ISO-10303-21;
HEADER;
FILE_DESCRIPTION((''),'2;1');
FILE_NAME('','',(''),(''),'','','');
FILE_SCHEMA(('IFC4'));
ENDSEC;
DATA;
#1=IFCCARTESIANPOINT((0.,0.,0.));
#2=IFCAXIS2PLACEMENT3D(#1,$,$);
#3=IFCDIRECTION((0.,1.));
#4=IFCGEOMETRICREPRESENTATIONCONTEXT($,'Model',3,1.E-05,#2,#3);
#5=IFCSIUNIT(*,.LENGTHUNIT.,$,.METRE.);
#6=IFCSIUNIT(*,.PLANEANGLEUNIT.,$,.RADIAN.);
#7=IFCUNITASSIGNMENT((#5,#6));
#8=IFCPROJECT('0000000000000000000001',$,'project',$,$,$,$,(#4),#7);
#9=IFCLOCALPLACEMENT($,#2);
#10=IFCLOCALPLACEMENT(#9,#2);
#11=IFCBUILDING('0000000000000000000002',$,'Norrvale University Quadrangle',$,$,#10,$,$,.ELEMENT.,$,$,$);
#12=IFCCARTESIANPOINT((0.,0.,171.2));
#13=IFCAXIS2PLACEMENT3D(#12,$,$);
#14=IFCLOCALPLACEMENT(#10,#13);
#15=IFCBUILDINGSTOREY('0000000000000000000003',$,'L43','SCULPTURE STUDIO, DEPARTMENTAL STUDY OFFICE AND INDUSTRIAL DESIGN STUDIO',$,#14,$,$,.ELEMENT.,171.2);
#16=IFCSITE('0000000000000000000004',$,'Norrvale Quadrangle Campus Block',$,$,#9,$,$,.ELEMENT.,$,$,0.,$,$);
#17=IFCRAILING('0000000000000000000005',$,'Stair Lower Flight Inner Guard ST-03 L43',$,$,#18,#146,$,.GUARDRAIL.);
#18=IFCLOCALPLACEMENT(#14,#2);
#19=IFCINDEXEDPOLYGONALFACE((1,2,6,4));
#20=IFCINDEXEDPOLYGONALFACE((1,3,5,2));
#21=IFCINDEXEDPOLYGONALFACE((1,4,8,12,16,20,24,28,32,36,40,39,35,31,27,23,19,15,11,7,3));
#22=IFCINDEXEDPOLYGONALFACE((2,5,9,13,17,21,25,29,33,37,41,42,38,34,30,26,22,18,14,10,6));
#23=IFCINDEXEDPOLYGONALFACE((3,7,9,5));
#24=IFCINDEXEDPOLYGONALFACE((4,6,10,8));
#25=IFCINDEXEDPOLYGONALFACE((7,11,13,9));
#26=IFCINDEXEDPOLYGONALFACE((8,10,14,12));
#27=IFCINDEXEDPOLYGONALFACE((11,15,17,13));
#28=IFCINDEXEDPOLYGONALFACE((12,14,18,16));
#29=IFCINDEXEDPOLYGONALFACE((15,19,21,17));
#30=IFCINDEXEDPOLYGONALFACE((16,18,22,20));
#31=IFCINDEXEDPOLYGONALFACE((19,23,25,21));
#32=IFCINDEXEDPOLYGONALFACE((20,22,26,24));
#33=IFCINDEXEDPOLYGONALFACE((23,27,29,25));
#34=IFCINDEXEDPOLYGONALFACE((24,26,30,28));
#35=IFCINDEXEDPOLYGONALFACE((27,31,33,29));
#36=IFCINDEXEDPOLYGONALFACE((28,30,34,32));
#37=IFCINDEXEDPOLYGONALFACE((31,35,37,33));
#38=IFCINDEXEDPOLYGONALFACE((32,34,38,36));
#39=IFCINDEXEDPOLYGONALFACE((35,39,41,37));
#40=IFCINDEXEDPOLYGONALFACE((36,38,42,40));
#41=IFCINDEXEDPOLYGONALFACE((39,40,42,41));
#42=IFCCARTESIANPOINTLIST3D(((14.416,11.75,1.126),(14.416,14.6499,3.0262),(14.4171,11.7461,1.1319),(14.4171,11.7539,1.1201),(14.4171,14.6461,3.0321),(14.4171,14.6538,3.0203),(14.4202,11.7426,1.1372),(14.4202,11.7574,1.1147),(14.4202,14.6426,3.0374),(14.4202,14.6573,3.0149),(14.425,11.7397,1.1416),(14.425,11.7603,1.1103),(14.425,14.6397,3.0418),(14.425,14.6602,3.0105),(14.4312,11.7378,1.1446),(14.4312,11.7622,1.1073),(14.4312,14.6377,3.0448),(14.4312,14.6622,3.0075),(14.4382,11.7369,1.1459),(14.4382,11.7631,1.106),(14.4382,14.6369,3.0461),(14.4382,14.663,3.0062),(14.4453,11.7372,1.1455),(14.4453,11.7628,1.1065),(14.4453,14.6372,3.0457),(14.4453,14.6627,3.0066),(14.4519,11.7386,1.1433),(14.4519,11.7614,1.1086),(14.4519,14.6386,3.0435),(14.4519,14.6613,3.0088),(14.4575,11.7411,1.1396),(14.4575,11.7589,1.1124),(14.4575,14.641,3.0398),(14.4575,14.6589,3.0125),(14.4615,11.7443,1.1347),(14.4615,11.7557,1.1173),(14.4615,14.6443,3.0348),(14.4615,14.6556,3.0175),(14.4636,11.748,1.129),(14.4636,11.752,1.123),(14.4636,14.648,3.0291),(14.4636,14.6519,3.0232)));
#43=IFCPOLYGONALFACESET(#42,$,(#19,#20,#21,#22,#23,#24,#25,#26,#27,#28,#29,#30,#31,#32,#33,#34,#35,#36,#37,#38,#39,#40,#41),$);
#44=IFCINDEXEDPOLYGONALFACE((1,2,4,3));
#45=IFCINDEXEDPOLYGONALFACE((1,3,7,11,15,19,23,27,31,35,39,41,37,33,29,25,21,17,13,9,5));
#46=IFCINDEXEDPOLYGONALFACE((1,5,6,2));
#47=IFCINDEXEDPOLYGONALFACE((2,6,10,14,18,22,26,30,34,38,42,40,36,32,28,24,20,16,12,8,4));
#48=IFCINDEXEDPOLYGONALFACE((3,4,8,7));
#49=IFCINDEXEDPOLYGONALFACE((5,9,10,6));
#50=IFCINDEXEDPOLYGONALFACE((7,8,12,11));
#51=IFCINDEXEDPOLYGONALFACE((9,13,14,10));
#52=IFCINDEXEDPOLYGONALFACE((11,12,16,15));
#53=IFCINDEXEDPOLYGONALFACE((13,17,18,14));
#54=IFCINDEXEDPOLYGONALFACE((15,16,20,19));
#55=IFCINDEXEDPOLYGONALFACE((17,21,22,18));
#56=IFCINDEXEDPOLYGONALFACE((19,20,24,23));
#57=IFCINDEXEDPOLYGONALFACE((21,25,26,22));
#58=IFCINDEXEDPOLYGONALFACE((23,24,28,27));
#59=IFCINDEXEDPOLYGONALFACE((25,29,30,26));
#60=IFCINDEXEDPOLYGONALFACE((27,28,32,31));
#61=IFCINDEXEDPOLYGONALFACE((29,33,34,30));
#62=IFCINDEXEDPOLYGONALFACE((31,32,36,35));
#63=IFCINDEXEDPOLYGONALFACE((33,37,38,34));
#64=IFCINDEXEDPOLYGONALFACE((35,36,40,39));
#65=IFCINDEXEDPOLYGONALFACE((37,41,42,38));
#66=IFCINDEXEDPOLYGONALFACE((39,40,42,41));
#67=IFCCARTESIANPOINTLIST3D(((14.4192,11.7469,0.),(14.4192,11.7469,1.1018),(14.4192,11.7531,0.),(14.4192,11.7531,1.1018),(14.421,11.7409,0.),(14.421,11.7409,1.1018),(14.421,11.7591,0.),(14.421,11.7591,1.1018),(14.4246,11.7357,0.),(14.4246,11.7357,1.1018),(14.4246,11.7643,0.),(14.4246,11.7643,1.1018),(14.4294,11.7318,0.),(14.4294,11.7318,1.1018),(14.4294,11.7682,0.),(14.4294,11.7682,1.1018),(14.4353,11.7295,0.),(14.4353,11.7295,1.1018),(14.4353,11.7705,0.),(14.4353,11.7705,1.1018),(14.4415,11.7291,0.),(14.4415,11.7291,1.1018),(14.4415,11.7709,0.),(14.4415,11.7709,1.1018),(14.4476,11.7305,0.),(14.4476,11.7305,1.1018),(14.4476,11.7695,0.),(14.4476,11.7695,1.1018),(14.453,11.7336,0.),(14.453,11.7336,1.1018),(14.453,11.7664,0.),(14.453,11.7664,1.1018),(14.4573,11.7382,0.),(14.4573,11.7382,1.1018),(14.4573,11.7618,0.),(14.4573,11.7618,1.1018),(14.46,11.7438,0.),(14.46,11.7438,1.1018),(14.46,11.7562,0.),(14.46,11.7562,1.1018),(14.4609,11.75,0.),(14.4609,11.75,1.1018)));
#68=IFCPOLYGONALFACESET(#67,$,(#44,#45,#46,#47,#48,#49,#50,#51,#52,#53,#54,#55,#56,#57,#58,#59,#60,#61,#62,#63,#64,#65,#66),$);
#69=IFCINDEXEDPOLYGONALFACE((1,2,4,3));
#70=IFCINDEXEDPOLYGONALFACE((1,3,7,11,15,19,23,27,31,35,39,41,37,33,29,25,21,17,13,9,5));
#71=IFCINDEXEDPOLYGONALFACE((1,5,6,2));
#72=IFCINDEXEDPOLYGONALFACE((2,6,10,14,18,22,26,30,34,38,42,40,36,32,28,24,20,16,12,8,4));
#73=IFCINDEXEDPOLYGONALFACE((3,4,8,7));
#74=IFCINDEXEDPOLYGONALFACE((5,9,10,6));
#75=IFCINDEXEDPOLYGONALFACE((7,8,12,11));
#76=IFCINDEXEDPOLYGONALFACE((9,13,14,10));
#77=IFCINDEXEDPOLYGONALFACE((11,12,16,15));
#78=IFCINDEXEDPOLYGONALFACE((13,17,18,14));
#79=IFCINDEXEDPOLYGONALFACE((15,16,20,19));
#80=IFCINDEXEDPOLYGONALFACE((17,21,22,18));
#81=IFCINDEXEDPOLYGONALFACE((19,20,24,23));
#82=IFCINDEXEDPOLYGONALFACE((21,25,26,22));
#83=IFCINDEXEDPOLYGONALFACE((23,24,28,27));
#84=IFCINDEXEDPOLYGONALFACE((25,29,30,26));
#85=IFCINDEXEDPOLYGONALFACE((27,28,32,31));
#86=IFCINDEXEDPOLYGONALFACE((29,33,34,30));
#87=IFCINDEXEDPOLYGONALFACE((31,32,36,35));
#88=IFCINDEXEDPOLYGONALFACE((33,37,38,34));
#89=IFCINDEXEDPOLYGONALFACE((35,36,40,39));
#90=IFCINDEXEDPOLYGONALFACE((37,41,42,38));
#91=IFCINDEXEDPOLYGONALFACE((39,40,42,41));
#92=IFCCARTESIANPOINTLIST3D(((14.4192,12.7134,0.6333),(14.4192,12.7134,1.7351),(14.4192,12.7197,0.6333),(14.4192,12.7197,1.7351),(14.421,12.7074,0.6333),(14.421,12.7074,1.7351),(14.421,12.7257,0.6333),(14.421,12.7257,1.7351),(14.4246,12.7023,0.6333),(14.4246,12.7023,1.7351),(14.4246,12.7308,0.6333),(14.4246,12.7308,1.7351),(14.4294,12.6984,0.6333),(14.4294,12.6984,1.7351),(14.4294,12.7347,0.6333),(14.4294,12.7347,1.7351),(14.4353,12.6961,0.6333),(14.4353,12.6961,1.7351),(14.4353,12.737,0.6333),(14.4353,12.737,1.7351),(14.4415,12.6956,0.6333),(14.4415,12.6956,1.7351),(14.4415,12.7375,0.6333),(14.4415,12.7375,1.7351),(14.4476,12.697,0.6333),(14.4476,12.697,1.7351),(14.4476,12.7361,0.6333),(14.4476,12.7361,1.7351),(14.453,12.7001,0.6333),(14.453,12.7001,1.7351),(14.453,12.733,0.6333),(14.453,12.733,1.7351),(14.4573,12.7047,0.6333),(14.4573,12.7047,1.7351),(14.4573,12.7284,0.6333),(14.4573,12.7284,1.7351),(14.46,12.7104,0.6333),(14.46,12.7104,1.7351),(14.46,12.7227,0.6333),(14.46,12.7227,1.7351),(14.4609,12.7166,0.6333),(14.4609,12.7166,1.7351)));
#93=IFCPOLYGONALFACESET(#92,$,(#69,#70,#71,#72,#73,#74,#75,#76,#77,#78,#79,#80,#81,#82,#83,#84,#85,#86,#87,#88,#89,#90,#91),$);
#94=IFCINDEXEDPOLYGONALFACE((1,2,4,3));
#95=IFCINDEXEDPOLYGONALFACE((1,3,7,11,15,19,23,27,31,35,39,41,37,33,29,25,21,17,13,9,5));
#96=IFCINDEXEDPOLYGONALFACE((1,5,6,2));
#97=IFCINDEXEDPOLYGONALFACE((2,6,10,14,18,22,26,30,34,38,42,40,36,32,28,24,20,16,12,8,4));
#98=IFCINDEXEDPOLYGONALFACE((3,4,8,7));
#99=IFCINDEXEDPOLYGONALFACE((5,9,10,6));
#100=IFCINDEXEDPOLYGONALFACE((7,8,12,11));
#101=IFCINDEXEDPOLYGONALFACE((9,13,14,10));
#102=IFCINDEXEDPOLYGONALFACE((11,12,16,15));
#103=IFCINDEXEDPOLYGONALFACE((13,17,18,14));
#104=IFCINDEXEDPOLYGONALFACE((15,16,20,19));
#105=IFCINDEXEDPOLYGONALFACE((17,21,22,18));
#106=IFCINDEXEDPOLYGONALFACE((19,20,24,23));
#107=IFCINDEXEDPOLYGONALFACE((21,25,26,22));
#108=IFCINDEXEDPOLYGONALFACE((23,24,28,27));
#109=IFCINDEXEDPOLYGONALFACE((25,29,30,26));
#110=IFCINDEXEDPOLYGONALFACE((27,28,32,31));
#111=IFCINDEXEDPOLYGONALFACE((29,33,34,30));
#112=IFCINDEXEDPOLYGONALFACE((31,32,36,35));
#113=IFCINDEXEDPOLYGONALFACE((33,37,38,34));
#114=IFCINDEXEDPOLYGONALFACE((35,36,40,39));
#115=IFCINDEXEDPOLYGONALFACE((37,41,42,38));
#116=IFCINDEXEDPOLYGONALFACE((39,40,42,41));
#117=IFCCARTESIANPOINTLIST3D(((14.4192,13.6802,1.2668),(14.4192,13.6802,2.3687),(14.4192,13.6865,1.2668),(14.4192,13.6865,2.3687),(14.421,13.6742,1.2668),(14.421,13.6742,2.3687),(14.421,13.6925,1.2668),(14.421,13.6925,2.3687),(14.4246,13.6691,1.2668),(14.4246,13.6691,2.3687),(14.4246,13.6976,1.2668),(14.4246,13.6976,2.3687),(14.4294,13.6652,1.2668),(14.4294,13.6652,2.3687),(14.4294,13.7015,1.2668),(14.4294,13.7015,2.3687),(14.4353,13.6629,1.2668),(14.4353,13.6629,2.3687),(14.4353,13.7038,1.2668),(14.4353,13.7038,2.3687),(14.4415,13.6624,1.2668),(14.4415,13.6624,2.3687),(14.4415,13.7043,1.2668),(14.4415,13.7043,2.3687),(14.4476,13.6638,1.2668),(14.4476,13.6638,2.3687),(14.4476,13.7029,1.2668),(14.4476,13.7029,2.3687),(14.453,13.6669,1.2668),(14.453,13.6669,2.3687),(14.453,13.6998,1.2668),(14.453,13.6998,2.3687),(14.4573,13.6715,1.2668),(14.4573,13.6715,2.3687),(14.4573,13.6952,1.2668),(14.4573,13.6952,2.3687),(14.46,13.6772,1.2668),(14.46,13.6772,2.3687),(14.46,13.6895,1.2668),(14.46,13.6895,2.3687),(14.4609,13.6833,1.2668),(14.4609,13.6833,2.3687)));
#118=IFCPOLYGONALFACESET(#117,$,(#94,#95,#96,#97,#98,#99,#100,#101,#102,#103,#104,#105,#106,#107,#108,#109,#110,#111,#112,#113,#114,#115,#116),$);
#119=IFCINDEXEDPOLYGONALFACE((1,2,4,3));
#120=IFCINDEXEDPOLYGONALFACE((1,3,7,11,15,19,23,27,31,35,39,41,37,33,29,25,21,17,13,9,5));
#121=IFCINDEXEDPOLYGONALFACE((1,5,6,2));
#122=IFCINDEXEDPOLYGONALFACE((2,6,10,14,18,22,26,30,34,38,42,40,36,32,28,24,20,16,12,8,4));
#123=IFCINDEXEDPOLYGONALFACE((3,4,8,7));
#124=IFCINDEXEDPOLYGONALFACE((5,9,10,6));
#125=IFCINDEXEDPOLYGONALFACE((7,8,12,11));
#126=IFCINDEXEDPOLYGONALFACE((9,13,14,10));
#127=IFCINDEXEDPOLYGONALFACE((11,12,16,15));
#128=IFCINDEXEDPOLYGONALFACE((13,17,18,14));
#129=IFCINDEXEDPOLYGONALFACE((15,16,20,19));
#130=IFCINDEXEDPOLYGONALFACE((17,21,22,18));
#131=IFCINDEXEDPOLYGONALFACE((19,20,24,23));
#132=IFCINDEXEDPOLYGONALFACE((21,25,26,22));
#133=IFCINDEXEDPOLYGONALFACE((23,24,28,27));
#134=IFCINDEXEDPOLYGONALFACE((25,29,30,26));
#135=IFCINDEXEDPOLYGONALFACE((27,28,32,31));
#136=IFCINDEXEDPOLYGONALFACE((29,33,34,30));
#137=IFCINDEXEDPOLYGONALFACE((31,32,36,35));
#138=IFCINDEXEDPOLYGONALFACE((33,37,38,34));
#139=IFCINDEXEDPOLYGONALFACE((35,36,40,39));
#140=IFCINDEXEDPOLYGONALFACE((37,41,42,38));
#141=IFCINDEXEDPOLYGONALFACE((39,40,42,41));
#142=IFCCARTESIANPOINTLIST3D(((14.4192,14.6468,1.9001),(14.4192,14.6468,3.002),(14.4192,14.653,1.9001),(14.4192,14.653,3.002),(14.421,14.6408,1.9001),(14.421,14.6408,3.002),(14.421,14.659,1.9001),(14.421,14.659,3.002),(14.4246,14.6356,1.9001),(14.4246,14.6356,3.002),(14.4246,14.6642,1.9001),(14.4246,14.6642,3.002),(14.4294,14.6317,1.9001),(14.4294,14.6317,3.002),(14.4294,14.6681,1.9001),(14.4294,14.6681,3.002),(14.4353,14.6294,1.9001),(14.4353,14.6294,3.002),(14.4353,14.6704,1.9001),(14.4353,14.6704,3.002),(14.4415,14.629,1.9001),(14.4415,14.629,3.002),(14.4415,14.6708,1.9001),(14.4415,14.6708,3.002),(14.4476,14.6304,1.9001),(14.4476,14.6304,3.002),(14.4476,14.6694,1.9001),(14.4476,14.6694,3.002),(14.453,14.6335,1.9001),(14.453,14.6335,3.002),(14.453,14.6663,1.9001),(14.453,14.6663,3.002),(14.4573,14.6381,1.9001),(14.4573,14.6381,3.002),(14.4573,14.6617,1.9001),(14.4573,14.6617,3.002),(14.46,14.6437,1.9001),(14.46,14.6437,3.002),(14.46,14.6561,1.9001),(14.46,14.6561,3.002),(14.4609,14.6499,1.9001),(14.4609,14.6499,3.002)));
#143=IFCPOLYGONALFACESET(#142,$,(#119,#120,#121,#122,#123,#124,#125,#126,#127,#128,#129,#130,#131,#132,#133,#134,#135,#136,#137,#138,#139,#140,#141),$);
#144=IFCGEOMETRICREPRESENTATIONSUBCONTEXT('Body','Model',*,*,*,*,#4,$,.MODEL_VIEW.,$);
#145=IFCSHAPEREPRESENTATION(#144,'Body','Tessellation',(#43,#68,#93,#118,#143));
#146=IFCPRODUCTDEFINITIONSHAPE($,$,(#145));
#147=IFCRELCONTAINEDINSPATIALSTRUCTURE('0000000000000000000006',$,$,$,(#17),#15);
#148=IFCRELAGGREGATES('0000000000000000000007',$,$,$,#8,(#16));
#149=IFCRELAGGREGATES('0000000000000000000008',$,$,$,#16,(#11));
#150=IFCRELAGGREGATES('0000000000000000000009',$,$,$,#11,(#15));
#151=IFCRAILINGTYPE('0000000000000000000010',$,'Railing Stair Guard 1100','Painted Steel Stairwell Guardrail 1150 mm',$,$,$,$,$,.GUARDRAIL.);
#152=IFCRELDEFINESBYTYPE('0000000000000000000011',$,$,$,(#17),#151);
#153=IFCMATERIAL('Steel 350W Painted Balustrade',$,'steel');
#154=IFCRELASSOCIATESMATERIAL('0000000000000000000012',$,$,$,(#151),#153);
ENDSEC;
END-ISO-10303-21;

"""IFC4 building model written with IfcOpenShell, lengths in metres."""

from ifc_helpers import new_model, si_unit, direction, frame, origin, origin_2d, place, context, subcontext, project, spatial, circle, extrude, material, type_object, element, save


model = new_model("IFC4")

# Units and contexts
model_context = context("Model", 3, precision=1e-05, world=origin(), true_north=direction((0.0, 1.0)))
body_context = subcontext(model_context, "Body", "Model", "MODEL_VIEW")
ifc_project = project(units=[si_unit("LENGTHUNIT", "METRE"), si_unit("PLANEANGLEUNIT", "RADIAN")], contexts=[model_context])

# Site, building, storey
site_placement = place(None, origin())
site = spatial("IfcSite", under=ifc_project, at=site_placement, Name="Norrvale Quadrangle Campus Block", CompositionType="ELEMENT", RefElevation=0.0)
building_placement = place(site_placement, origin())
building = spatial("IfcBuilding", under=site, at=building_placement, Name="Norrvale University Quadrangle", CompositionType="ELEMENT")
storey_placement = place(building_placement, frame((0.0, 0.0, 171.2)))
storey = spatial("IfcBuildingStorey", under=building, at=storey_placement, Name="L43", Description="SCULPTURE STUDIO, DEPARTMENTAL STUDY OFFICE AND INDUSTRIAL DESIGN STUDIO", CompositionType="ELEMENT", Elevation=171.2)

# Railing
ifc_material_1 = material(Name="Steel 350W Painted Balustrade", Category="steel")
railing_type_1 = type_object("IfcRailingType", Name="Railing Stair Guard 1100", Description="Painted Steel Stairwell Guardrail 1150 mm", PredefinedType="GUARDRAIL", material=ifc_material_1)
railing_1_placement = place(storey_placement, frame((14.4399, 11.75, 0.0)))
element("IfcRailing", 1, at=railing_1_placement, inside=storey, type_object=railing_type_1, Name="Stair Lower Flight Inner Guard ST-03 L43", PredefinedType="GUARDRAIL", context=body_context, shape_type="SweptSolid", body=[
    extrude(circle(Radius=0.0239, at=origin_2d()), frame((0.0, 0.0, 1.126), z_axis=(0.0, 0.836433, 0.548069), x_axis=(-1.0, 0.0, 0.0)), (0.0, 0.0, 1.0), 3.467),
    extrude(circle(Radius=0.021, at=origin_2d()), origin(), (0.0, 0.0, 1.0), 1.1018),
    extrude(circle(Radius=0.021, at=origin_2d()), frame((0.0, 0.9666, 0.6333)), (0.0, 0.0, 1.0), 1.1018),
    extrude(circle(Radius=0.021, at=origin_2d()), frame((0.0, 1.9333, 1.2668)), (0.0, 0.0, 1.0), 1.1018),
    extrude(circle(Radius=0.021, at=origin_2d()), frame((0.0, 2.8999, 1.9001)), (0.0, 0.0, 1.0), 1.1018),
])

save(model, "model.ifc")
